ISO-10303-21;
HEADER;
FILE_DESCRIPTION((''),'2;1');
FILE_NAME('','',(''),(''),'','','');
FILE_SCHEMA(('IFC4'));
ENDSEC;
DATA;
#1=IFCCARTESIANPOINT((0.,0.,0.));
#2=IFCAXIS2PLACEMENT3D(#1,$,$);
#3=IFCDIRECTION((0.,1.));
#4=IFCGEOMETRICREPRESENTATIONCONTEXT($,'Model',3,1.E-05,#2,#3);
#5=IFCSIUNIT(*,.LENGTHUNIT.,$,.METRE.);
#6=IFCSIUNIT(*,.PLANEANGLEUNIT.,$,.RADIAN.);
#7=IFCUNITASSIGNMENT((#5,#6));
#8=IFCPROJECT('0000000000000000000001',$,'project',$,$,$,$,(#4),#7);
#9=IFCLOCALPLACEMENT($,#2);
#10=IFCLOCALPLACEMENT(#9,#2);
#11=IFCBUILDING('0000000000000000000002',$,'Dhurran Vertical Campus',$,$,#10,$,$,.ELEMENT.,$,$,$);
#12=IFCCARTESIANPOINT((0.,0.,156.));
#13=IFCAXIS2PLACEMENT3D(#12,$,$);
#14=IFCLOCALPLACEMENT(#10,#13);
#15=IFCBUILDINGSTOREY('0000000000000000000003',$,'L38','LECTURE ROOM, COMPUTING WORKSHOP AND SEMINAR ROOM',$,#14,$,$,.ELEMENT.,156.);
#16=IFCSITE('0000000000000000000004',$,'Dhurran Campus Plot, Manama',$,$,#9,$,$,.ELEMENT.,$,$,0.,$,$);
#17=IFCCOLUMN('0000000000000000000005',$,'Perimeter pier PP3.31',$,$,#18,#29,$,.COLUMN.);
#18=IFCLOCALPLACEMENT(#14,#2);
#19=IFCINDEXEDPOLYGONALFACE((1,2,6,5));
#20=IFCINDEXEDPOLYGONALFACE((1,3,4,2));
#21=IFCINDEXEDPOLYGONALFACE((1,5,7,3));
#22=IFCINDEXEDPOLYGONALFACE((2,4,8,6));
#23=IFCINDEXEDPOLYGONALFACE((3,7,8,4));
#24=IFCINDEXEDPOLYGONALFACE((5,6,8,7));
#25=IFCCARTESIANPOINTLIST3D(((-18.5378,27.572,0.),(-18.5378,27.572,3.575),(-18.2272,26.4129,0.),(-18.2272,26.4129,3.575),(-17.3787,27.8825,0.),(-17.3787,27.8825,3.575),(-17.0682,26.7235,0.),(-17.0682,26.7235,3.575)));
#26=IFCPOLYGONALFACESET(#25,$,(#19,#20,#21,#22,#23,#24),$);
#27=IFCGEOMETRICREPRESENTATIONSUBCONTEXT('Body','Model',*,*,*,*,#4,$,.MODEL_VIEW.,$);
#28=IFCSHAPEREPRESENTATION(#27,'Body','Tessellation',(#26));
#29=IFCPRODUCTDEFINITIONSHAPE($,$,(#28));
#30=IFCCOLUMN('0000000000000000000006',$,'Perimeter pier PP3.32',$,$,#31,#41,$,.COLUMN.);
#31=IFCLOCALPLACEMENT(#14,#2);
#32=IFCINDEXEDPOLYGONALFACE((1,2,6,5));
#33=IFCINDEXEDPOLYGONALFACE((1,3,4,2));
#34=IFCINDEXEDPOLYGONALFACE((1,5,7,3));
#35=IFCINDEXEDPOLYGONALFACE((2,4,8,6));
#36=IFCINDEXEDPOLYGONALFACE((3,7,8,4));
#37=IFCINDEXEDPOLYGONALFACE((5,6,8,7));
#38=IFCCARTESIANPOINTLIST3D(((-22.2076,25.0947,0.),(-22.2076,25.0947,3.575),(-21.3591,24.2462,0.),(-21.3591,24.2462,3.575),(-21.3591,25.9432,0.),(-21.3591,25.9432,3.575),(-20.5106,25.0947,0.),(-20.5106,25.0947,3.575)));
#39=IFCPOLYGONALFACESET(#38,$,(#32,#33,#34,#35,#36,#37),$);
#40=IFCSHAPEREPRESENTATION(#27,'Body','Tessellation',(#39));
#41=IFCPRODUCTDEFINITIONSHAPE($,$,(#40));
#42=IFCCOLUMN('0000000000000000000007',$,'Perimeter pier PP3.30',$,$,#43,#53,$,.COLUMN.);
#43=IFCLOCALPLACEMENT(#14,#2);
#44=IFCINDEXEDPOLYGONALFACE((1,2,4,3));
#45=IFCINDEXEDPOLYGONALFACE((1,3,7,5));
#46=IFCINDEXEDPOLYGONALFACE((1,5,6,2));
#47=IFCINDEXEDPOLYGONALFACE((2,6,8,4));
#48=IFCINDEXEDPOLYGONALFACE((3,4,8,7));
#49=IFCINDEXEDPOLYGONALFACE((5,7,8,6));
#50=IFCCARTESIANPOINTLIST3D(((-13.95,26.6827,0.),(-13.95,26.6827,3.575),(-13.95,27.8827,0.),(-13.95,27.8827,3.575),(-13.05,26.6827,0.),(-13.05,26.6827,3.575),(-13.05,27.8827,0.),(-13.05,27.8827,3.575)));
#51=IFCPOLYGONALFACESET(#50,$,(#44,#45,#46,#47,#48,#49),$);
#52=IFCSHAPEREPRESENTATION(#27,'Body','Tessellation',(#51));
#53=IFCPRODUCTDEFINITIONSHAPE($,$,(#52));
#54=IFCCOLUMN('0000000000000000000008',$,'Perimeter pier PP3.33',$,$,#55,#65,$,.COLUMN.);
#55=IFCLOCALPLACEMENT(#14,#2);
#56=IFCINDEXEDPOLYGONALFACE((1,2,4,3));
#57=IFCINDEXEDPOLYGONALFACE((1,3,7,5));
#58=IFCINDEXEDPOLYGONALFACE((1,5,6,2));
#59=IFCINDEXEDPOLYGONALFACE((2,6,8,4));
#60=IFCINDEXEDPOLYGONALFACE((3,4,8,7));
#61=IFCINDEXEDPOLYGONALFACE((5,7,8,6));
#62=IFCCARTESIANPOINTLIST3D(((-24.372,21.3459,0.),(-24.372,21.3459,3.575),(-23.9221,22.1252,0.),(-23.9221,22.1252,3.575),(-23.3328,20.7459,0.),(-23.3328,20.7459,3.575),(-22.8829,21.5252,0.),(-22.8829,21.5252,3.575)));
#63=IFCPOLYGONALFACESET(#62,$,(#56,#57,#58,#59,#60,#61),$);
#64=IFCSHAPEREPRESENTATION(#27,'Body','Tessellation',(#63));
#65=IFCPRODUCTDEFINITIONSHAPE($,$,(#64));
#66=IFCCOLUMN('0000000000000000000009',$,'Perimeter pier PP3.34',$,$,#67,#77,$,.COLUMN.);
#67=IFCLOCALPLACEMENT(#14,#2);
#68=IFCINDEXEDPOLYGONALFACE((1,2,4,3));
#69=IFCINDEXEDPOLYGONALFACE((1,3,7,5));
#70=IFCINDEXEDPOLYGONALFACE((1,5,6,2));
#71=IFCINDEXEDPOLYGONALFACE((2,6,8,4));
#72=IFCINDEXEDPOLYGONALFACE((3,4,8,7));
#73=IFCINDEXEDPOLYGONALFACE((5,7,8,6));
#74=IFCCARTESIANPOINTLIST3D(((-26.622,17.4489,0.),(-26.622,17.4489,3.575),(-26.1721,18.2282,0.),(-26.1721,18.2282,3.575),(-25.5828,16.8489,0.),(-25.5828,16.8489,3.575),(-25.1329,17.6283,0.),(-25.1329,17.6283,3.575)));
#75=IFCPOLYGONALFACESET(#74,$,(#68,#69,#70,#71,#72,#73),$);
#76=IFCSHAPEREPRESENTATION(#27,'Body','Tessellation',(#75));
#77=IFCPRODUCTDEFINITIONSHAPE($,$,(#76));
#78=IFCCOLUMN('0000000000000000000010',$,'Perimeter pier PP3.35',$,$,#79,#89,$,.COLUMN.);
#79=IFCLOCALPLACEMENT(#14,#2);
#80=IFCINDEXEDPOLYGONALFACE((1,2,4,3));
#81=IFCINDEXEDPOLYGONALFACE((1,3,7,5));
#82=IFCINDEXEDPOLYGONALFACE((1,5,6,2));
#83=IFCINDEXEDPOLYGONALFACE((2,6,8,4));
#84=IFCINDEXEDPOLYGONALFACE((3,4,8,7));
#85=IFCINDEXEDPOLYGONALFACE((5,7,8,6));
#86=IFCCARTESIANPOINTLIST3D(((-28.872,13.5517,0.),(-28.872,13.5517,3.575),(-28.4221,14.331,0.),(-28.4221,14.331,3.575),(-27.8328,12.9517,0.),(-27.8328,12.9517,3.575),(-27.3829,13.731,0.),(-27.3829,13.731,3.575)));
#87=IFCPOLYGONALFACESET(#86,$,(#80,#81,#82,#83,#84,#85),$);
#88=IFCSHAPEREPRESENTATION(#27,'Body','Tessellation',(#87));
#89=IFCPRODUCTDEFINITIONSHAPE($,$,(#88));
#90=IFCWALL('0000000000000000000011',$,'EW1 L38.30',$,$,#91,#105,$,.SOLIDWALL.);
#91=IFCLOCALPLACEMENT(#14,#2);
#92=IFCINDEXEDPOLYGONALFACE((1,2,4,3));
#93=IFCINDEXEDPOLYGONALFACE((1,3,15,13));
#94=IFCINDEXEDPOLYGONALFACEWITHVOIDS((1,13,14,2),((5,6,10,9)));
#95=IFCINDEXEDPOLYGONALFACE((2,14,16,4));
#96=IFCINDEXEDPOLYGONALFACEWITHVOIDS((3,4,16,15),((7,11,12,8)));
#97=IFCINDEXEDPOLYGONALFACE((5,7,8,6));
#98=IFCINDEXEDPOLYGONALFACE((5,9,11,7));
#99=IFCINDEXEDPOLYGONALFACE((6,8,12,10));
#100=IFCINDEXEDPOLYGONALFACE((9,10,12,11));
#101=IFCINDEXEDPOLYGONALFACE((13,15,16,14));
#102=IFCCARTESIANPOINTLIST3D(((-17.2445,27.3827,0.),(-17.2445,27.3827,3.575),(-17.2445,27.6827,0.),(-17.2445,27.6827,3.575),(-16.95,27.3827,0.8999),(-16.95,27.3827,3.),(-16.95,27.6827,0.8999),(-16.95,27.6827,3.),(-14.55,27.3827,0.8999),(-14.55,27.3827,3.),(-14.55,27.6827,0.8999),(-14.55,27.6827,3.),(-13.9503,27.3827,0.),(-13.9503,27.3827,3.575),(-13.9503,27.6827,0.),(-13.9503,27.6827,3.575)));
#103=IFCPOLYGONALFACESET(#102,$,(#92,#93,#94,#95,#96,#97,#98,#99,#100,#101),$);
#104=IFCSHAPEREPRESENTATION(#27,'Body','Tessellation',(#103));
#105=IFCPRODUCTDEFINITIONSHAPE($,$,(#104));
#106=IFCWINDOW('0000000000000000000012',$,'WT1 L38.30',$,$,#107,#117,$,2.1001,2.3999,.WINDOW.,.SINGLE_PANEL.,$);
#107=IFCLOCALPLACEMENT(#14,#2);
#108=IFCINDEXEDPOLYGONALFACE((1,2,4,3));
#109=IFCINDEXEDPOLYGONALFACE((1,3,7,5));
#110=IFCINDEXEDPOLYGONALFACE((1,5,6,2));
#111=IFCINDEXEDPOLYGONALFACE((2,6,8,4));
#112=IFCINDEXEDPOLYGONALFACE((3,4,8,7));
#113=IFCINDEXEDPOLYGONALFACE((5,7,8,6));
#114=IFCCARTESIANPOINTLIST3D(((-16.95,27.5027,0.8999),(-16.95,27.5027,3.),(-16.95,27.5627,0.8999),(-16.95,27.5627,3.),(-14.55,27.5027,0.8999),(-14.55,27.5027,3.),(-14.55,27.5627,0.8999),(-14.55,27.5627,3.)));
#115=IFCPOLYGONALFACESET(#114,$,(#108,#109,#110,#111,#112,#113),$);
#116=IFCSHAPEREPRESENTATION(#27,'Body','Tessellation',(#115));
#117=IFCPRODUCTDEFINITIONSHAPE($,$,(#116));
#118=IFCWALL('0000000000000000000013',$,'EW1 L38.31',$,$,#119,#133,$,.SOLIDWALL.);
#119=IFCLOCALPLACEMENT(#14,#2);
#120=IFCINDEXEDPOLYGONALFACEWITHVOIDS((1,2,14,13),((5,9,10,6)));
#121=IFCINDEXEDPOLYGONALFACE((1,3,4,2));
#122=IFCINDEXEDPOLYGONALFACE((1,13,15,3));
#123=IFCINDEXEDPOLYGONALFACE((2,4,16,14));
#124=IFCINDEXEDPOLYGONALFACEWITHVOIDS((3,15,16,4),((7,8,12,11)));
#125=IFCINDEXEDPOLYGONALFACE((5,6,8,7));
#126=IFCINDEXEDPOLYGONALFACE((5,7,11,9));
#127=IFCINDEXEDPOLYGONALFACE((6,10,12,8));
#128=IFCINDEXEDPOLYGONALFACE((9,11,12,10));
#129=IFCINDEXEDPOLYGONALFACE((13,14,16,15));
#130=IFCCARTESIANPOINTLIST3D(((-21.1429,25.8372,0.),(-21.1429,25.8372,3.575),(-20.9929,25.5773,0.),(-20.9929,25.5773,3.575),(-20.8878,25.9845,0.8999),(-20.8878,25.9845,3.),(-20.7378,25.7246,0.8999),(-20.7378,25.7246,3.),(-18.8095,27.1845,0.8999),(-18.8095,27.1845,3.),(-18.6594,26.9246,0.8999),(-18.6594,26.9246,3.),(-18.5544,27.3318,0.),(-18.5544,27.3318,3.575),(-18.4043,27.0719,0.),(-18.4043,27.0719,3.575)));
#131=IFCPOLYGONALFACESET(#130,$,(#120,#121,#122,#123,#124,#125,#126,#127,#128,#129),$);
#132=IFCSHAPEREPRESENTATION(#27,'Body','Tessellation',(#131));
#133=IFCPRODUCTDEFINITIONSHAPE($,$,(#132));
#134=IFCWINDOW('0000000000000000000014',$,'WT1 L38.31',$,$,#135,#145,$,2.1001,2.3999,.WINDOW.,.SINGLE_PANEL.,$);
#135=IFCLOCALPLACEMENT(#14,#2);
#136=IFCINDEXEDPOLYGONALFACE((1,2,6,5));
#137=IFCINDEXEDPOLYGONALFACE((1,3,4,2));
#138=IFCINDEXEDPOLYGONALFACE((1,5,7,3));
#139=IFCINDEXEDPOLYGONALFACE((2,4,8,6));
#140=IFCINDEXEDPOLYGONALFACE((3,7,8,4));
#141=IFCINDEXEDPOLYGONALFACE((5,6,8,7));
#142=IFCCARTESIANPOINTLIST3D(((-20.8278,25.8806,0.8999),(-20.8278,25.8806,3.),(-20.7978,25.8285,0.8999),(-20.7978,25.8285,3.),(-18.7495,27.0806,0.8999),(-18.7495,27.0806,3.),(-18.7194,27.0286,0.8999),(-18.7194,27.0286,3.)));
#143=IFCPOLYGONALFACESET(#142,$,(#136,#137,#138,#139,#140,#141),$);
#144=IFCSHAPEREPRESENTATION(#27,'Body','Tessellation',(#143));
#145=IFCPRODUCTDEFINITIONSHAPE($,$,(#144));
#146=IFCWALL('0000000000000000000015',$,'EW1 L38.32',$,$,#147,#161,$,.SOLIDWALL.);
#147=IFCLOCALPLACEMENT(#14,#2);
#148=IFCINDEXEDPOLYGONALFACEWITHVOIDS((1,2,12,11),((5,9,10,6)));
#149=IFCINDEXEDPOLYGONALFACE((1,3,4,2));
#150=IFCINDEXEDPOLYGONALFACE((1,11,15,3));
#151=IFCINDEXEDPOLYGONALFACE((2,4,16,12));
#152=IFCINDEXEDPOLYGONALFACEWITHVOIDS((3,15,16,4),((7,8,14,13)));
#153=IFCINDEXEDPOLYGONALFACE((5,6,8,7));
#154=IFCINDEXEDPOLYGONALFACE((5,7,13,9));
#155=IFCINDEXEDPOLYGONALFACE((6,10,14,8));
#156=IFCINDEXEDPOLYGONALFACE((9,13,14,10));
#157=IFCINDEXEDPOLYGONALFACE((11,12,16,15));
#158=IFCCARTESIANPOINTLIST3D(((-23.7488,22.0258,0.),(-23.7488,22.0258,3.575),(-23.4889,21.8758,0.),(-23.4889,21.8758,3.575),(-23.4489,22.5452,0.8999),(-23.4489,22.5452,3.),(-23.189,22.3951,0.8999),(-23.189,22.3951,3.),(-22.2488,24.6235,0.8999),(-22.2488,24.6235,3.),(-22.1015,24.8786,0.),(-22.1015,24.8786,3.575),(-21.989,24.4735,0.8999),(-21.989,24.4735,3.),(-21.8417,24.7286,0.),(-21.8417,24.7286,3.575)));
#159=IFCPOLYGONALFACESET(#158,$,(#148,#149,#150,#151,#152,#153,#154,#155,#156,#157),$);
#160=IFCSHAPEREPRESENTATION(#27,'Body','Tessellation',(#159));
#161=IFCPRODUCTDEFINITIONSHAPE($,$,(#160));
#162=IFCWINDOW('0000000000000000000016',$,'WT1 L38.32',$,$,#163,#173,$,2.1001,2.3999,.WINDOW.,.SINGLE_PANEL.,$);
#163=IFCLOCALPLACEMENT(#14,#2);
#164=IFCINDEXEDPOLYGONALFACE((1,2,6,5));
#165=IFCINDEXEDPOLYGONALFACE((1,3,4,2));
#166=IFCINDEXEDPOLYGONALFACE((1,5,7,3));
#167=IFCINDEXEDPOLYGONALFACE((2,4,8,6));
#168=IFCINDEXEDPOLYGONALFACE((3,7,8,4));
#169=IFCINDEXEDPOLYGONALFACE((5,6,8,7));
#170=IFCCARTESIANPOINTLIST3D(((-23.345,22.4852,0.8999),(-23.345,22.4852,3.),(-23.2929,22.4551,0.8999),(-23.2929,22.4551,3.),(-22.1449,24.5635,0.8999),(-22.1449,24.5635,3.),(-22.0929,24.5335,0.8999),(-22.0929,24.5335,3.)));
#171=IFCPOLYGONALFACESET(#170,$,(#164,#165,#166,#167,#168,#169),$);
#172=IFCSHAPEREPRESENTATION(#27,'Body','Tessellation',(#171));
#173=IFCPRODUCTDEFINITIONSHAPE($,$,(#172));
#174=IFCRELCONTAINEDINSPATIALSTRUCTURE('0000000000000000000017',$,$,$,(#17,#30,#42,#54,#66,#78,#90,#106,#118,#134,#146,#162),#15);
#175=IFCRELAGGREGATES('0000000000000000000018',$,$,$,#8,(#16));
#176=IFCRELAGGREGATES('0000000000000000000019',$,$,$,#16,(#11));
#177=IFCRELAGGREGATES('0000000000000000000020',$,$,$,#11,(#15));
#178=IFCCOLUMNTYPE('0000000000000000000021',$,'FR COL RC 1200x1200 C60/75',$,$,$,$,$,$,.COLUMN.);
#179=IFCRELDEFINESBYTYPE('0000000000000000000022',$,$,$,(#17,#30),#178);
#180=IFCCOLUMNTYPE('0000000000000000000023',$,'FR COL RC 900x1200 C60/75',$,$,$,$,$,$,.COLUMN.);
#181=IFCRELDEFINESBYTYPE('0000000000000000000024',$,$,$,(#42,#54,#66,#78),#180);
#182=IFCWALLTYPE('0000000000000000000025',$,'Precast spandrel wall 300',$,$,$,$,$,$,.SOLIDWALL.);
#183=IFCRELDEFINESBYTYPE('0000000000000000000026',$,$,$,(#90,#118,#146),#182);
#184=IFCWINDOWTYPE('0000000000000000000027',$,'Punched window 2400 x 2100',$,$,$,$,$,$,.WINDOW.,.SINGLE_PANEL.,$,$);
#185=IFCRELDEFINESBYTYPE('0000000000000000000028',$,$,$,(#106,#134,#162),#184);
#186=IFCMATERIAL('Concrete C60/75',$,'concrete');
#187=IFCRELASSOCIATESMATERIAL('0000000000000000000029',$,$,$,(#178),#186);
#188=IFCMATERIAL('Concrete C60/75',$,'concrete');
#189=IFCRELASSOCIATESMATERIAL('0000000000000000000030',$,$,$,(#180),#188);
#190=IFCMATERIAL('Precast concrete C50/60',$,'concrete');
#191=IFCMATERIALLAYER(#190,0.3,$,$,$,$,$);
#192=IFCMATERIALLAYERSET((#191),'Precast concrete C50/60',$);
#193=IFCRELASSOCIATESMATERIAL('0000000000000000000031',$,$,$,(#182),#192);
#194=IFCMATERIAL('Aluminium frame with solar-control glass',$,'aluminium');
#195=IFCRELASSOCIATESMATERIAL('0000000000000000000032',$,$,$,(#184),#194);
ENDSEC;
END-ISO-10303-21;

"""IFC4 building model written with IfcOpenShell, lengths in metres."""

from ifc_helpers import new_model, si_unit, direction, frame, frame_2d, origin, origin_2d, place, context, subcontext, project, spatial, rectangle, extrude, material, layer, layer_set, material_profile, profile_set, type_object, element, fill, save


model = new_model("IFC4")

# Units and contexts
model_context = context("Model", 3, precision=1e-05, world=origin(), true_north=direction((0.0, 1.0)))
body_context = subcontext(model_context, "Body", "Model", "MODEL_VIEW")
ifc_project = project(units=[si_unit("LENGTHUNIT", "METRE"), si_unit("PLANEANGLEUNIT", "RADIAN")], contexts=[model_context])

# Site, building, storey
site_placement = place(None, origin())
site = spatial("IfcSite", under=ifc_project, at=site_placement, Name="Dhurran Campus Plot, Manama", CompositionType="ELEMENT", RefElevation=0.0)
building_placement = place(site_placement, origin())
building = spatial("IfcBuilding", under=site, at=building_placement, Name="Dhurran Vertical Campus", CompositionType="ELEMENT")
storey_placement = place(building_placement, frame((0.0, 0.0, 156.0)))
storey = spatial("IfcBuildingStorey", under=building, at=storey_placement, Name="L38", Description="LECTURE ROOM, COMPUTING WORKSHOP AND SEMINAR ROOM", CompositionType="ELEMENT", Elevation=156.0)

# Columns
ifc_material_1 = material(Name="Concrete C60/75", Category="concrete")
ifc_material_profile_1 = material_profile(ifc_material_1, rectangle(XDim=1.2, YDim=1.2, at=origin_2d()), Name="RC 1200x1200")
ifc_profile_set_1 = profile_set([ifc_material_profile_1], Name="Concrete C60/75")
column_type_1 = type_object("IfcColumnType", Name="FR COL RC 1200x1200 C60/75", PredefinedType="COLUMN", material=ifc_profile_set_1)
for number, where, z_axis, x_axis, name in (
    (1, (-17.803, 27.1477, 0.0), (0.0, 0.0, 1.0), (-0.965926, -0.258819, 0.0), "Perimeter pier PP3.31"),
    (2, (-21.3591, 25.0947, 0.0), (0.0, 0.0, 1.0), (-0.707107, -0.707107, 0.0), "Perimeter pier PP3.32"),
):
    element("IfcColumn", number, at=place(storey_placement, frame(where, z_axis=z_axis, x_axis=x_axis)), inside=storey, type_object=column_type_1, Name=name, PredefinedType="COLUMN", context=body_context, shape_type="SweptSolid", body=[
        extrude(rectangle(XDim=1.2, YDim=1.2, at=origin_2d()), origin(), (0.0, 0.0, 1.0), 3.575),
    ])
ifc_material_2 = material(Name="Concrete C60/75", Category="concrete")
ifc_material_profile_2 = material_profile(ifc_material_2, rectangle(XDim=0.8999, YDim=1.2, at=origin_2d()), Name="RC 900x1200")
ifc_profile_set_2 = profile_set([ifc_material_profile_2], Name="Concrete C60/75")
column_type_2 = type_object("IfcColumnType", Name="FR COL RC 900x1200 C60/75", PredefinedType="COLUMN", material=ifc_profile_set_2)
for number, where, z_axis, x_axis, name in (
    (3, (-13.5, 27.2827, 0.0), (0.0, 0.0, 1.0), (-1.0, 0.0, 0.0), "Perimeter pier PP3.30"),
    (4, (-23.6274, 21.4355, 0.0), (0.0, 0.0, 1.0), (-0.5, -0.866025, 0.0), "Perimeter pier PP3.33"),
    (5, (-25.8774, 17.5386, 0.0), (0.0, 0.0, 1.0), (-0.5, -0.866025, 0.0), "Perimeter pier PP3.34"),
    (6, (-28.1274, 13.6414, 0.0), (0.0, 0.0, 1.0), (-0.5, -0.866025, 0.0), "Perimeter pier PP3.35"),
):
    element("IfcColumn", number, at=place(storey_placement, frame(where, z_axis=z_axis, x_axis=x_axis)), inside=storey, type_object=column_type_2, Name=name, PredefinedType="COLUMN", context=body_context, shape_type="SweptSolid", body=[
        extrude(rectangle(XDim=0.8999, YDim=1.2, at=origin_2d()), origin(), (0.0, 0.0, 1.0), 3.575),
    ])

# Walls, openings, windows
ifc_material_3 = material(Name="Precast concrete C50/60", Category="concrete")
ifc_layer_1 = layer(ifc_material_3, 0.3)
ifc_layer_set_1 = layer_set([ifc_layer_1], Name="Precast concrete C50/60")
wall_type_1 = type_object("IfcWallType", Name="Precast spandrel wall 300", PredefinedType="SOLIDWALL", material=ifc_layer_set_1)
wall_1_placement = place(storey_placement, frame((-13.9504, 27.5327, 0.0), z_axis=(0.0, 0.0, 1.0), x_axis=(-1.0, 0.0, 0.0)))
wall_1 = element("IfcWall", 7, at=wall_1_placement, inside=storey, type_object=wall_type_1, Name="EW1 L38.30", PredefinedType="SOLIDWALL", context=body_context, shape_type="SweptSolid", body=[
    extrude(rectangle(XDim=3.2942, YDim=0.3, at=frame_2d((1.647, 0.0))), origin(), (0.0, 0.0, 1.0), 3.575),
])
opening_1_placement = place(wall_1_placement, frame((0.5996, 0.0, 0.8999)))
opening_1 = element("IfcOpeningElement", 8, at=opening_1_placement, cuts=wall_1, PredefinedType="OPENING", context=body_context, shape_type="SweptSolid", body=[
    extrude(rectangle(XDim=2.3999, YDim=2.1001, at=frame_2d((1.2, 1.05))), frame((0.0, 0.1599, 0.0), z_axis=(0.0, -1.0, 0.0), x_axis=(1.0, 0.0, 0.0)), (0.0, 0.0, 1.0), 0.3201),
])
ifc_material_4 = material(Name="Aluminium frame with solar-control glass", Category="aluminium")
window_type = type_object("IfcWindowType", Name="Punched window 2400 x 2100", PartitioningType="SINGLE_PANEL", PredefinedType="WINDOW", material=ifc_material_4)
window_1_placement = place(opening_1_placement, origin())
window_1 = element("IfcWindow", 9, at=window_1_placement, inside=storey, type_object=window_type, Name="WT1 L38.30", OverallHeight=2.1001, OverallWidth=2.3999, PartitioningType="SINGLE_PANEL", PredefinedType="WINDOW", context=body_context, shape_type="SweptSolid", body=[
    extrude(rectangle(XDim=2.3999, YDim=2.1001, at=frame_2d((1.2, 1.05))), frame((0.0, 0.03, 0.0), z_axis=(0.0, -1.0, 0.0), x_axis=(1.0, 0.0, 0.0)), (0.0, 0.0, 1.0), 0.0601),
])
fill(opening_1, window_1)
wall_2_placement = place(storey_placement, frame((-18.4792, 27.2019, 0.0), z_axis=(0.0, 0.0, 1.0), x_axis=(-0.866013, -0.500022, 0.0)))
wall_2 = element("IfcWall", 10, at=wall_2_placement, inside=storey, type_object=wall_type_1, Name="EW1 L38.31", PredefinedType="SOLIDWALL", context=body_context, shape_type="SweptSolid", body=[
    extrude(rectangle(XDim=2.989, YDim=0.3, at=frame_2d((1.4946, 0.0))), origin(), (0.0, 0.0, 1.0), 3.575),
])
opening_2_placement = place(wall_2_placement, frame((0.2947, 0.0, 0.8999)))
opening_2 = element("IfcOpeningElement", 11, at=opening_2_placement, cuts=wall_2, PredefinedType="OPENING", context=body_context, shape_type="SweptSolid", body=[
    extrude(rectangle(XDim=2.3999, YDim=2.1001, at=frame_2d((1.2, 1.05))), frame((0.0, 0.1599, 0.0), z_axis=(0.0, -1.0, 0.0), x_axis=(1.0, 0.0, 0.0)), (0.0, 0.0, 1.0), 0.3201),
])
window_2_placement = place(opening_2_placement, origin())
window_2 = element("IfcWindow", 12, at=window_2_placement, inside=storey, type_object=window_type, Name="WT1 L38.31", OverallHeight=2.1001, OverallWidth=2.3999, PartitioningType="SINGLE_PANEL", PredefinedType="WINDOW", context=body_context, shape_type="SweptSolid", body=[
    extrude(rectangle(XDim=2.3999, YDim=2.1001, at=frame_2d((1.2, 1.05))), frame((0.0, 0.03, 0.0), z_axis=(0.0, -1.0, 0.0), x_axis=(1.0, 0.0, 0.0)), (0.0, 0.0, 1.0), 0.0601),
])
fill(opening_2, window_2)
wall_3_placement = place(storey_placement, frame((-21.9717, 24.8035, 0.0), z_axis=(0.0, 0.0, 1.0), x_axis=(-0.500037, -0.866004, 0.0)))
wall_3 = element("IfcWall", 13, at=wall_3_placement, inside=storey, type_object=wall_type_1, Name="EW1 L38.32", PredefinedType="SOLIDWALL", context=body_context, shape_type="SweptSolid", body=[
    extrude(rectangle(XDim=3.2942, YDim=0.3, at=frame_2d((1.647, 0.0))), origin(), (0.0, 0.0, 1.0), 3.575),
])
opening_3_placement = place(wall_3_placement, frame((0.2944, 0.0, 0.8999)))
opening_3 = element("IfcOpeningElement", 14, at=opening_3_placement, cuts=wall_3, PredefinedType="OPENING", context=body_context, shape_type="SweptSolid", body=[
    extrude(rectangle(XDim=2.3999, YDim=2.1001, at=frame_2d((1.2, 1.05))), frame((0.0, 0.1599, 0.0), z_axis=(0.0, -1.0, 0.0), x_axis=(1.0, 0.0, 0.0)), (0.0, 0.0, 1.0), 0.3201),
])
window_3_placement = place(opening_3_placement, origin())
window_3 = element("IfcWindow", 15, at=window_3_placement, inside=storey, type_object=window_type, Name="WT1 L38.32", OverallHeight=2.1001, OverallWidth=2.3999, PartitioningType="SINGLE_PANEL", PredefinedType="WINDOW", context=body_context, shape_type="SweptSolid", body=[
    extrude(rectangle(XDim=2.3999, YDim=2.1001, at=frame_2d((1.2, 1.05))), frame((0.0, 0.03, 0.0), z_axis=(0.0, -1.0, 0.0), x_axis=(1.0, 0.0, 0.0)), (0.0, 0.0, 1.0), 0.0601),
])
fill(opening_3, window_3)

save(model, "model.ifc")
